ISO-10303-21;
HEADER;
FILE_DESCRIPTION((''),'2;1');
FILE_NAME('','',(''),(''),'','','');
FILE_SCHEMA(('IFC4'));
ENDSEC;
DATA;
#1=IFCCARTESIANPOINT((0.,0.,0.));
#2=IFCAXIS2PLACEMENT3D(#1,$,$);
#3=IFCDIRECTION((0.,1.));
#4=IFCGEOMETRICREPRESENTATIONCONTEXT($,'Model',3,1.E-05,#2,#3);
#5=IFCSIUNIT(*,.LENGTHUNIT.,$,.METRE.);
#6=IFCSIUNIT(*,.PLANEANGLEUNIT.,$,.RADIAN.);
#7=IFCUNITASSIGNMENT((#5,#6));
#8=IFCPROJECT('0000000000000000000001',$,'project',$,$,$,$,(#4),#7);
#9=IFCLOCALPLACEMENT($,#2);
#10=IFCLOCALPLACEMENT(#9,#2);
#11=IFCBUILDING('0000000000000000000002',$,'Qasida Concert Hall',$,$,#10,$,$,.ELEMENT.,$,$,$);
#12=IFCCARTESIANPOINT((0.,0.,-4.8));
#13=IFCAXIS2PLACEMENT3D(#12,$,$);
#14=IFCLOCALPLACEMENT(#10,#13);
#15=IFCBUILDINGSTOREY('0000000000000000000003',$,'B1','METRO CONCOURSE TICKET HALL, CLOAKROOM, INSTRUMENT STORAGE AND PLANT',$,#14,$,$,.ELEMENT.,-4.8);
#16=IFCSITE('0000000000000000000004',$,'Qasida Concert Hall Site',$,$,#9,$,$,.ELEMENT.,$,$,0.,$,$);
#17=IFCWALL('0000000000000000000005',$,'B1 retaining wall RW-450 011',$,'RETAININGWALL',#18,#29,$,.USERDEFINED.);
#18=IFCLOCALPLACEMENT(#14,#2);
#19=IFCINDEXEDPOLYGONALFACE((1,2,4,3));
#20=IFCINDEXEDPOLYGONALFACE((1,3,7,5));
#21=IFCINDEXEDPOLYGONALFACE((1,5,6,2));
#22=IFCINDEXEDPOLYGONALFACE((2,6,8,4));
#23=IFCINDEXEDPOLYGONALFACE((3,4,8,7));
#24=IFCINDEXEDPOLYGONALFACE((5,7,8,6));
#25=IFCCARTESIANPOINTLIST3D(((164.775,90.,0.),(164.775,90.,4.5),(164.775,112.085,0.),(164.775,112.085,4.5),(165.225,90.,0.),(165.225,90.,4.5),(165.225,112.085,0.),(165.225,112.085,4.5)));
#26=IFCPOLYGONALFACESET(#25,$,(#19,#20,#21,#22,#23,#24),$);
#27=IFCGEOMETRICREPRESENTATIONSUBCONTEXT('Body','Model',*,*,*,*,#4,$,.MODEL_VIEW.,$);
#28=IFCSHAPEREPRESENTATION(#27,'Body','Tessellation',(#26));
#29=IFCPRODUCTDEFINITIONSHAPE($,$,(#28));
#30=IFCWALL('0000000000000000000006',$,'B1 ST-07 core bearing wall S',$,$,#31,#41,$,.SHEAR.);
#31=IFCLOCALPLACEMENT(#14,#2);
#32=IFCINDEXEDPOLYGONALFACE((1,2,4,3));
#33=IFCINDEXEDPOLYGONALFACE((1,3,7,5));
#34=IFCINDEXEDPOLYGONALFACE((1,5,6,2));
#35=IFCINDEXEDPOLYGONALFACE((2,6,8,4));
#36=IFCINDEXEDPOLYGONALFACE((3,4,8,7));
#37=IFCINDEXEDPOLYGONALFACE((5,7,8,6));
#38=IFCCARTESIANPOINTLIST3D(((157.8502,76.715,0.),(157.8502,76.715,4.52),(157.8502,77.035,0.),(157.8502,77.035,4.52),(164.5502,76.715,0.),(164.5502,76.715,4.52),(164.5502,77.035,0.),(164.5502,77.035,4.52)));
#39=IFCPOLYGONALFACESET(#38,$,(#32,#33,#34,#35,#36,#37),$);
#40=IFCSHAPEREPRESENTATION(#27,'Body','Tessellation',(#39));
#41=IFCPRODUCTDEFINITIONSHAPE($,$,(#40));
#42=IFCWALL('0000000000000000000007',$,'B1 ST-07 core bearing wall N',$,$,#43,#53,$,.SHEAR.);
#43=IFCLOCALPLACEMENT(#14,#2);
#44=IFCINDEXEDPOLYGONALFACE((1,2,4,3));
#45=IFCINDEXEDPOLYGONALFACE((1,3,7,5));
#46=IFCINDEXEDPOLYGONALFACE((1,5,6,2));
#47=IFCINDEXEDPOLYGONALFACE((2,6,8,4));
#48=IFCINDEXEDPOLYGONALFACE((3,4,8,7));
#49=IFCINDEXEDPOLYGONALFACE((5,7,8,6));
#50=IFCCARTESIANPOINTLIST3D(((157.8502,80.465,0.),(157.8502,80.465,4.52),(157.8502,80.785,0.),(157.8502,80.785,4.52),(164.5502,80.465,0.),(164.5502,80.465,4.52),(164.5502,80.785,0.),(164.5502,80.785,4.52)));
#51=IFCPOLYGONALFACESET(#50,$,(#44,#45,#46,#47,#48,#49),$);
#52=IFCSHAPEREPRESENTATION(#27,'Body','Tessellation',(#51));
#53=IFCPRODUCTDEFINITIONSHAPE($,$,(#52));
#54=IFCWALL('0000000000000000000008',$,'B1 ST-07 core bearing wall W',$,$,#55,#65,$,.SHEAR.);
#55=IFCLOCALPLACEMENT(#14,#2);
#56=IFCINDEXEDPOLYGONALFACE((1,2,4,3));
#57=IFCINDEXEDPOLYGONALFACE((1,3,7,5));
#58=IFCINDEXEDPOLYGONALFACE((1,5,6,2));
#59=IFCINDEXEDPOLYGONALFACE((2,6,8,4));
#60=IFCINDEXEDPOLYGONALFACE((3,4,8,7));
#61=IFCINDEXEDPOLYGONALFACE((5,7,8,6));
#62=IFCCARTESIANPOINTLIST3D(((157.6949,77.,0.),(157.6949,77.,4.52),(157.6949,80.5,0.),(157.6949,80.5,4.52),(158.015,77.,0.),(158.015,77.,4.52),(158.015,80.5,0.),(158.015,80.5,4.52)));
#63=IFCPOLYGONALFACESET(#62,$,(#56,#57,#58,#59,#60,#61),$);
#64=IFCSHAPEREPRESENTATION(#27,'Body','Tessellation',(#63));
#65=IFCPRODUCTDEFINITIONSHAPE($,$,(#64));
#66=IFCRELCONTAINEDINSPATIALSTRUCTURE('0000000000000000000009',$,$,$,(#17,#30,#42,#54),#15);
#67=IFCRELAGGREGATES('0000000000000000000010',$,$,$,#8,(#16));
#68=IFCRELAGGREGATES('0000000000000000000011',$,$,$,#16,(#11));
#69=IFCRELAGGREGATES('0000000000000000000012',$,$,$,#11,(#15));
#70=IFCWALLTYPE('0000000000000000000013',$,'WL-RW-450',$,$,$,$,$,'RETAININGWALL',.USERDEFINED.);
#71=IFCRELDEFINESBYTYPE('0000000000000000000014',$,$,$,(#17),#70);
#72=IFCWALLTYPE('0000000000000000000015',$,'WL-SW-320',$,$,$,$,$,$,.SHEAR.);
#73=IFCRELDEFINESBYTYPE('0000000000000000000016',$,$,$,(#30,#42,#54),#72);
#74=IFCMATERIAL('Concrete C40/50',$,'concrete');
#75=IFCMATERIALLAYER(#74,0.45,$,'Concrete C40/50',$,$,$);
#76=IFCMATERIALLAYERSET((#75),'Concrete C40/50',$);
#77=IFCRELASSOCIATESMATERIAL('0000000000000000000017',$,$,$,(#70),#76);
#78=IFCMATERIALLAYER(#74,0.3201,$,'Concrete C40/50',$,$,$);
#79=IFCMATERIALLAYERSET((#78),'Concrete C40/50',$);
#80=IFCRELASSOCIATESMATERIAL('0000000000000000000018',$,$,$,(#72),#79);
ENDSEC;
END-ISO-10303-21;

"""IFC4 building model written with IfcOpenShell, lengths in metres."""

from ifc_helpers import new_model, si_unit, direction, frame, frame_2d, origin, place, context, subcontext, project, spatial, rectangle, extrude, material, layer, layer_set, type_object, element, save


model = new_model("IFC4")

# Units and contexts
model_context = context("Model", 3, precision=1e-05, world=origin(), true_north=direction((0.0, 1.0)))
body_context = subcontext(model_context, "Body", "Model", "MODEL_VIEW")
ifc_project = project(units=[si_unit("LENGTHUNIT", "METRE"), si_unit("PLANEANGLEUNIT", "RADIAN")], contexts=[model_context])

# Site, building, storey
site_placement = place(None, origin())
site = spatial("IfcSite", under=ifc_project, at=site_placement, Name="Qasida Concert Hall Site", CompositionType="ELEMENT", RefElevation=0.0)
building_placement = place(site_placement, origin())
building = spatial("IfcBuilding", under=site, at=building_placement, Name="Qasida Concert Hall", CompositionType="ELEMENT")
storey_placement = place(building_placement, frame((0.0, 0.0, -4.8)))
storey = spatial("IfcBuildingStorey", under=building, at=storey_placement, Name="B1", Description="METRO CONCOURSE TICKET HALL, CLOAKROOM, INSTRUMENT STORAGE AND PLANT", CompositionType="ELEMENT", Elevation=-4.8)

# Shared definitions
ifc_material_1 = material(Name="Concrete C40/50", Category="concrete")

# Walls
ifc_layer_1 = layer(ifc_material_1, 0.45, Name="Concrete C40/50")
ifc_layer_set_1 = layer_set([ifc_layer_1], Name="Concrete C40/50")
wall_type_1 = type_object("IfcWallType", Name="WL-RW-450", ElementType="RETAININGWALL", PredefinedType="USERDEFINED", material=ifc_layer_set_1)
wall_1_placement = place(storey_placement, frame((165.0, 90.0, 0.0), z_axis=(0.0, 0.0, 1.0), x_axis=(0.0, 1.0, 0.0)))
element("IfcWall", 1, at=wall_1_placement, inside=storey, type_object=wall_type_1, Name="B1 retaining wall RW-450 011", ObjectType="RETAININGWALL", PredefinedType="USERDEFINED", context=body_context, shape_type="SweptSolid", body=[
    extrude(rectangle(XDim=22.085, YDim=0.45, at=frame_2d((11.0425, 0.0))), origin(), (0.0, 0.0, 1.0), 4.5),
])
ifc_layer_2 = layer(ifc_material_1, 0.3201, Name="Concrete C40/50")
ifc_layer_set_2 = layer_set([ifc_layer_2], Name="Concrete C40/50")
wall_type_2 = type_object("IfcWallType", Name="WL-SW-320", PredefinedType="SHEAR", material=ifc_layer_set_2)
for number, where, z_axis, x_axis, name in (
    (2, (157.8501, 76.875, 0.0), (0.0, 0.0, 1.0), (1.0, 0.0, 0.0), "B1 ST-07 core bearing wall S"),
    (3, (157.8501, 80.625, 0.0), (0.0, 0.0, 1.0), (1.0, 0.0, 0.0), "B1 ST-07 core bearing wall N"),
):
    element("IfcWall", number, at=place(storey_placement, frame(where, z_axis=z_axis, x_axis=x_axis)), inside=storey, type_object=wall_type_2, Name=name, PredefinedType="SHEAR", context=body_context, shape_type="SweptSolid", body=[
        extrude(rectangle(XDim=6.7, YDim=0.3201, at=frame_2d((3.3501, 0.0))), origin(), (0.0, 0.0, 1.0), 4.52),
    ])
wall_2_placement = place(storey_placement, frame((157.855, 77.0, 0.0), z_axis=(0.0, 0.0, 1.0), x_axis=(0.0, 1.0, 0.0)))
element("IfcWall", 4, at=wall_2_placement, inside=storey, type_object=wall_type_2, Name="B1 ST-07 core bearing wall W", PredefinedType="SHEAR", context=body_context, shape_type="SweptSolid", body=[
    extrude(rectangle(XDim=3.5, YDim=0.3201, at=frame_2d((1.75, 0.0))), origin(), (0.0, 0.0, 1.0), 4.52),
])

save(model, "model.ifc")
